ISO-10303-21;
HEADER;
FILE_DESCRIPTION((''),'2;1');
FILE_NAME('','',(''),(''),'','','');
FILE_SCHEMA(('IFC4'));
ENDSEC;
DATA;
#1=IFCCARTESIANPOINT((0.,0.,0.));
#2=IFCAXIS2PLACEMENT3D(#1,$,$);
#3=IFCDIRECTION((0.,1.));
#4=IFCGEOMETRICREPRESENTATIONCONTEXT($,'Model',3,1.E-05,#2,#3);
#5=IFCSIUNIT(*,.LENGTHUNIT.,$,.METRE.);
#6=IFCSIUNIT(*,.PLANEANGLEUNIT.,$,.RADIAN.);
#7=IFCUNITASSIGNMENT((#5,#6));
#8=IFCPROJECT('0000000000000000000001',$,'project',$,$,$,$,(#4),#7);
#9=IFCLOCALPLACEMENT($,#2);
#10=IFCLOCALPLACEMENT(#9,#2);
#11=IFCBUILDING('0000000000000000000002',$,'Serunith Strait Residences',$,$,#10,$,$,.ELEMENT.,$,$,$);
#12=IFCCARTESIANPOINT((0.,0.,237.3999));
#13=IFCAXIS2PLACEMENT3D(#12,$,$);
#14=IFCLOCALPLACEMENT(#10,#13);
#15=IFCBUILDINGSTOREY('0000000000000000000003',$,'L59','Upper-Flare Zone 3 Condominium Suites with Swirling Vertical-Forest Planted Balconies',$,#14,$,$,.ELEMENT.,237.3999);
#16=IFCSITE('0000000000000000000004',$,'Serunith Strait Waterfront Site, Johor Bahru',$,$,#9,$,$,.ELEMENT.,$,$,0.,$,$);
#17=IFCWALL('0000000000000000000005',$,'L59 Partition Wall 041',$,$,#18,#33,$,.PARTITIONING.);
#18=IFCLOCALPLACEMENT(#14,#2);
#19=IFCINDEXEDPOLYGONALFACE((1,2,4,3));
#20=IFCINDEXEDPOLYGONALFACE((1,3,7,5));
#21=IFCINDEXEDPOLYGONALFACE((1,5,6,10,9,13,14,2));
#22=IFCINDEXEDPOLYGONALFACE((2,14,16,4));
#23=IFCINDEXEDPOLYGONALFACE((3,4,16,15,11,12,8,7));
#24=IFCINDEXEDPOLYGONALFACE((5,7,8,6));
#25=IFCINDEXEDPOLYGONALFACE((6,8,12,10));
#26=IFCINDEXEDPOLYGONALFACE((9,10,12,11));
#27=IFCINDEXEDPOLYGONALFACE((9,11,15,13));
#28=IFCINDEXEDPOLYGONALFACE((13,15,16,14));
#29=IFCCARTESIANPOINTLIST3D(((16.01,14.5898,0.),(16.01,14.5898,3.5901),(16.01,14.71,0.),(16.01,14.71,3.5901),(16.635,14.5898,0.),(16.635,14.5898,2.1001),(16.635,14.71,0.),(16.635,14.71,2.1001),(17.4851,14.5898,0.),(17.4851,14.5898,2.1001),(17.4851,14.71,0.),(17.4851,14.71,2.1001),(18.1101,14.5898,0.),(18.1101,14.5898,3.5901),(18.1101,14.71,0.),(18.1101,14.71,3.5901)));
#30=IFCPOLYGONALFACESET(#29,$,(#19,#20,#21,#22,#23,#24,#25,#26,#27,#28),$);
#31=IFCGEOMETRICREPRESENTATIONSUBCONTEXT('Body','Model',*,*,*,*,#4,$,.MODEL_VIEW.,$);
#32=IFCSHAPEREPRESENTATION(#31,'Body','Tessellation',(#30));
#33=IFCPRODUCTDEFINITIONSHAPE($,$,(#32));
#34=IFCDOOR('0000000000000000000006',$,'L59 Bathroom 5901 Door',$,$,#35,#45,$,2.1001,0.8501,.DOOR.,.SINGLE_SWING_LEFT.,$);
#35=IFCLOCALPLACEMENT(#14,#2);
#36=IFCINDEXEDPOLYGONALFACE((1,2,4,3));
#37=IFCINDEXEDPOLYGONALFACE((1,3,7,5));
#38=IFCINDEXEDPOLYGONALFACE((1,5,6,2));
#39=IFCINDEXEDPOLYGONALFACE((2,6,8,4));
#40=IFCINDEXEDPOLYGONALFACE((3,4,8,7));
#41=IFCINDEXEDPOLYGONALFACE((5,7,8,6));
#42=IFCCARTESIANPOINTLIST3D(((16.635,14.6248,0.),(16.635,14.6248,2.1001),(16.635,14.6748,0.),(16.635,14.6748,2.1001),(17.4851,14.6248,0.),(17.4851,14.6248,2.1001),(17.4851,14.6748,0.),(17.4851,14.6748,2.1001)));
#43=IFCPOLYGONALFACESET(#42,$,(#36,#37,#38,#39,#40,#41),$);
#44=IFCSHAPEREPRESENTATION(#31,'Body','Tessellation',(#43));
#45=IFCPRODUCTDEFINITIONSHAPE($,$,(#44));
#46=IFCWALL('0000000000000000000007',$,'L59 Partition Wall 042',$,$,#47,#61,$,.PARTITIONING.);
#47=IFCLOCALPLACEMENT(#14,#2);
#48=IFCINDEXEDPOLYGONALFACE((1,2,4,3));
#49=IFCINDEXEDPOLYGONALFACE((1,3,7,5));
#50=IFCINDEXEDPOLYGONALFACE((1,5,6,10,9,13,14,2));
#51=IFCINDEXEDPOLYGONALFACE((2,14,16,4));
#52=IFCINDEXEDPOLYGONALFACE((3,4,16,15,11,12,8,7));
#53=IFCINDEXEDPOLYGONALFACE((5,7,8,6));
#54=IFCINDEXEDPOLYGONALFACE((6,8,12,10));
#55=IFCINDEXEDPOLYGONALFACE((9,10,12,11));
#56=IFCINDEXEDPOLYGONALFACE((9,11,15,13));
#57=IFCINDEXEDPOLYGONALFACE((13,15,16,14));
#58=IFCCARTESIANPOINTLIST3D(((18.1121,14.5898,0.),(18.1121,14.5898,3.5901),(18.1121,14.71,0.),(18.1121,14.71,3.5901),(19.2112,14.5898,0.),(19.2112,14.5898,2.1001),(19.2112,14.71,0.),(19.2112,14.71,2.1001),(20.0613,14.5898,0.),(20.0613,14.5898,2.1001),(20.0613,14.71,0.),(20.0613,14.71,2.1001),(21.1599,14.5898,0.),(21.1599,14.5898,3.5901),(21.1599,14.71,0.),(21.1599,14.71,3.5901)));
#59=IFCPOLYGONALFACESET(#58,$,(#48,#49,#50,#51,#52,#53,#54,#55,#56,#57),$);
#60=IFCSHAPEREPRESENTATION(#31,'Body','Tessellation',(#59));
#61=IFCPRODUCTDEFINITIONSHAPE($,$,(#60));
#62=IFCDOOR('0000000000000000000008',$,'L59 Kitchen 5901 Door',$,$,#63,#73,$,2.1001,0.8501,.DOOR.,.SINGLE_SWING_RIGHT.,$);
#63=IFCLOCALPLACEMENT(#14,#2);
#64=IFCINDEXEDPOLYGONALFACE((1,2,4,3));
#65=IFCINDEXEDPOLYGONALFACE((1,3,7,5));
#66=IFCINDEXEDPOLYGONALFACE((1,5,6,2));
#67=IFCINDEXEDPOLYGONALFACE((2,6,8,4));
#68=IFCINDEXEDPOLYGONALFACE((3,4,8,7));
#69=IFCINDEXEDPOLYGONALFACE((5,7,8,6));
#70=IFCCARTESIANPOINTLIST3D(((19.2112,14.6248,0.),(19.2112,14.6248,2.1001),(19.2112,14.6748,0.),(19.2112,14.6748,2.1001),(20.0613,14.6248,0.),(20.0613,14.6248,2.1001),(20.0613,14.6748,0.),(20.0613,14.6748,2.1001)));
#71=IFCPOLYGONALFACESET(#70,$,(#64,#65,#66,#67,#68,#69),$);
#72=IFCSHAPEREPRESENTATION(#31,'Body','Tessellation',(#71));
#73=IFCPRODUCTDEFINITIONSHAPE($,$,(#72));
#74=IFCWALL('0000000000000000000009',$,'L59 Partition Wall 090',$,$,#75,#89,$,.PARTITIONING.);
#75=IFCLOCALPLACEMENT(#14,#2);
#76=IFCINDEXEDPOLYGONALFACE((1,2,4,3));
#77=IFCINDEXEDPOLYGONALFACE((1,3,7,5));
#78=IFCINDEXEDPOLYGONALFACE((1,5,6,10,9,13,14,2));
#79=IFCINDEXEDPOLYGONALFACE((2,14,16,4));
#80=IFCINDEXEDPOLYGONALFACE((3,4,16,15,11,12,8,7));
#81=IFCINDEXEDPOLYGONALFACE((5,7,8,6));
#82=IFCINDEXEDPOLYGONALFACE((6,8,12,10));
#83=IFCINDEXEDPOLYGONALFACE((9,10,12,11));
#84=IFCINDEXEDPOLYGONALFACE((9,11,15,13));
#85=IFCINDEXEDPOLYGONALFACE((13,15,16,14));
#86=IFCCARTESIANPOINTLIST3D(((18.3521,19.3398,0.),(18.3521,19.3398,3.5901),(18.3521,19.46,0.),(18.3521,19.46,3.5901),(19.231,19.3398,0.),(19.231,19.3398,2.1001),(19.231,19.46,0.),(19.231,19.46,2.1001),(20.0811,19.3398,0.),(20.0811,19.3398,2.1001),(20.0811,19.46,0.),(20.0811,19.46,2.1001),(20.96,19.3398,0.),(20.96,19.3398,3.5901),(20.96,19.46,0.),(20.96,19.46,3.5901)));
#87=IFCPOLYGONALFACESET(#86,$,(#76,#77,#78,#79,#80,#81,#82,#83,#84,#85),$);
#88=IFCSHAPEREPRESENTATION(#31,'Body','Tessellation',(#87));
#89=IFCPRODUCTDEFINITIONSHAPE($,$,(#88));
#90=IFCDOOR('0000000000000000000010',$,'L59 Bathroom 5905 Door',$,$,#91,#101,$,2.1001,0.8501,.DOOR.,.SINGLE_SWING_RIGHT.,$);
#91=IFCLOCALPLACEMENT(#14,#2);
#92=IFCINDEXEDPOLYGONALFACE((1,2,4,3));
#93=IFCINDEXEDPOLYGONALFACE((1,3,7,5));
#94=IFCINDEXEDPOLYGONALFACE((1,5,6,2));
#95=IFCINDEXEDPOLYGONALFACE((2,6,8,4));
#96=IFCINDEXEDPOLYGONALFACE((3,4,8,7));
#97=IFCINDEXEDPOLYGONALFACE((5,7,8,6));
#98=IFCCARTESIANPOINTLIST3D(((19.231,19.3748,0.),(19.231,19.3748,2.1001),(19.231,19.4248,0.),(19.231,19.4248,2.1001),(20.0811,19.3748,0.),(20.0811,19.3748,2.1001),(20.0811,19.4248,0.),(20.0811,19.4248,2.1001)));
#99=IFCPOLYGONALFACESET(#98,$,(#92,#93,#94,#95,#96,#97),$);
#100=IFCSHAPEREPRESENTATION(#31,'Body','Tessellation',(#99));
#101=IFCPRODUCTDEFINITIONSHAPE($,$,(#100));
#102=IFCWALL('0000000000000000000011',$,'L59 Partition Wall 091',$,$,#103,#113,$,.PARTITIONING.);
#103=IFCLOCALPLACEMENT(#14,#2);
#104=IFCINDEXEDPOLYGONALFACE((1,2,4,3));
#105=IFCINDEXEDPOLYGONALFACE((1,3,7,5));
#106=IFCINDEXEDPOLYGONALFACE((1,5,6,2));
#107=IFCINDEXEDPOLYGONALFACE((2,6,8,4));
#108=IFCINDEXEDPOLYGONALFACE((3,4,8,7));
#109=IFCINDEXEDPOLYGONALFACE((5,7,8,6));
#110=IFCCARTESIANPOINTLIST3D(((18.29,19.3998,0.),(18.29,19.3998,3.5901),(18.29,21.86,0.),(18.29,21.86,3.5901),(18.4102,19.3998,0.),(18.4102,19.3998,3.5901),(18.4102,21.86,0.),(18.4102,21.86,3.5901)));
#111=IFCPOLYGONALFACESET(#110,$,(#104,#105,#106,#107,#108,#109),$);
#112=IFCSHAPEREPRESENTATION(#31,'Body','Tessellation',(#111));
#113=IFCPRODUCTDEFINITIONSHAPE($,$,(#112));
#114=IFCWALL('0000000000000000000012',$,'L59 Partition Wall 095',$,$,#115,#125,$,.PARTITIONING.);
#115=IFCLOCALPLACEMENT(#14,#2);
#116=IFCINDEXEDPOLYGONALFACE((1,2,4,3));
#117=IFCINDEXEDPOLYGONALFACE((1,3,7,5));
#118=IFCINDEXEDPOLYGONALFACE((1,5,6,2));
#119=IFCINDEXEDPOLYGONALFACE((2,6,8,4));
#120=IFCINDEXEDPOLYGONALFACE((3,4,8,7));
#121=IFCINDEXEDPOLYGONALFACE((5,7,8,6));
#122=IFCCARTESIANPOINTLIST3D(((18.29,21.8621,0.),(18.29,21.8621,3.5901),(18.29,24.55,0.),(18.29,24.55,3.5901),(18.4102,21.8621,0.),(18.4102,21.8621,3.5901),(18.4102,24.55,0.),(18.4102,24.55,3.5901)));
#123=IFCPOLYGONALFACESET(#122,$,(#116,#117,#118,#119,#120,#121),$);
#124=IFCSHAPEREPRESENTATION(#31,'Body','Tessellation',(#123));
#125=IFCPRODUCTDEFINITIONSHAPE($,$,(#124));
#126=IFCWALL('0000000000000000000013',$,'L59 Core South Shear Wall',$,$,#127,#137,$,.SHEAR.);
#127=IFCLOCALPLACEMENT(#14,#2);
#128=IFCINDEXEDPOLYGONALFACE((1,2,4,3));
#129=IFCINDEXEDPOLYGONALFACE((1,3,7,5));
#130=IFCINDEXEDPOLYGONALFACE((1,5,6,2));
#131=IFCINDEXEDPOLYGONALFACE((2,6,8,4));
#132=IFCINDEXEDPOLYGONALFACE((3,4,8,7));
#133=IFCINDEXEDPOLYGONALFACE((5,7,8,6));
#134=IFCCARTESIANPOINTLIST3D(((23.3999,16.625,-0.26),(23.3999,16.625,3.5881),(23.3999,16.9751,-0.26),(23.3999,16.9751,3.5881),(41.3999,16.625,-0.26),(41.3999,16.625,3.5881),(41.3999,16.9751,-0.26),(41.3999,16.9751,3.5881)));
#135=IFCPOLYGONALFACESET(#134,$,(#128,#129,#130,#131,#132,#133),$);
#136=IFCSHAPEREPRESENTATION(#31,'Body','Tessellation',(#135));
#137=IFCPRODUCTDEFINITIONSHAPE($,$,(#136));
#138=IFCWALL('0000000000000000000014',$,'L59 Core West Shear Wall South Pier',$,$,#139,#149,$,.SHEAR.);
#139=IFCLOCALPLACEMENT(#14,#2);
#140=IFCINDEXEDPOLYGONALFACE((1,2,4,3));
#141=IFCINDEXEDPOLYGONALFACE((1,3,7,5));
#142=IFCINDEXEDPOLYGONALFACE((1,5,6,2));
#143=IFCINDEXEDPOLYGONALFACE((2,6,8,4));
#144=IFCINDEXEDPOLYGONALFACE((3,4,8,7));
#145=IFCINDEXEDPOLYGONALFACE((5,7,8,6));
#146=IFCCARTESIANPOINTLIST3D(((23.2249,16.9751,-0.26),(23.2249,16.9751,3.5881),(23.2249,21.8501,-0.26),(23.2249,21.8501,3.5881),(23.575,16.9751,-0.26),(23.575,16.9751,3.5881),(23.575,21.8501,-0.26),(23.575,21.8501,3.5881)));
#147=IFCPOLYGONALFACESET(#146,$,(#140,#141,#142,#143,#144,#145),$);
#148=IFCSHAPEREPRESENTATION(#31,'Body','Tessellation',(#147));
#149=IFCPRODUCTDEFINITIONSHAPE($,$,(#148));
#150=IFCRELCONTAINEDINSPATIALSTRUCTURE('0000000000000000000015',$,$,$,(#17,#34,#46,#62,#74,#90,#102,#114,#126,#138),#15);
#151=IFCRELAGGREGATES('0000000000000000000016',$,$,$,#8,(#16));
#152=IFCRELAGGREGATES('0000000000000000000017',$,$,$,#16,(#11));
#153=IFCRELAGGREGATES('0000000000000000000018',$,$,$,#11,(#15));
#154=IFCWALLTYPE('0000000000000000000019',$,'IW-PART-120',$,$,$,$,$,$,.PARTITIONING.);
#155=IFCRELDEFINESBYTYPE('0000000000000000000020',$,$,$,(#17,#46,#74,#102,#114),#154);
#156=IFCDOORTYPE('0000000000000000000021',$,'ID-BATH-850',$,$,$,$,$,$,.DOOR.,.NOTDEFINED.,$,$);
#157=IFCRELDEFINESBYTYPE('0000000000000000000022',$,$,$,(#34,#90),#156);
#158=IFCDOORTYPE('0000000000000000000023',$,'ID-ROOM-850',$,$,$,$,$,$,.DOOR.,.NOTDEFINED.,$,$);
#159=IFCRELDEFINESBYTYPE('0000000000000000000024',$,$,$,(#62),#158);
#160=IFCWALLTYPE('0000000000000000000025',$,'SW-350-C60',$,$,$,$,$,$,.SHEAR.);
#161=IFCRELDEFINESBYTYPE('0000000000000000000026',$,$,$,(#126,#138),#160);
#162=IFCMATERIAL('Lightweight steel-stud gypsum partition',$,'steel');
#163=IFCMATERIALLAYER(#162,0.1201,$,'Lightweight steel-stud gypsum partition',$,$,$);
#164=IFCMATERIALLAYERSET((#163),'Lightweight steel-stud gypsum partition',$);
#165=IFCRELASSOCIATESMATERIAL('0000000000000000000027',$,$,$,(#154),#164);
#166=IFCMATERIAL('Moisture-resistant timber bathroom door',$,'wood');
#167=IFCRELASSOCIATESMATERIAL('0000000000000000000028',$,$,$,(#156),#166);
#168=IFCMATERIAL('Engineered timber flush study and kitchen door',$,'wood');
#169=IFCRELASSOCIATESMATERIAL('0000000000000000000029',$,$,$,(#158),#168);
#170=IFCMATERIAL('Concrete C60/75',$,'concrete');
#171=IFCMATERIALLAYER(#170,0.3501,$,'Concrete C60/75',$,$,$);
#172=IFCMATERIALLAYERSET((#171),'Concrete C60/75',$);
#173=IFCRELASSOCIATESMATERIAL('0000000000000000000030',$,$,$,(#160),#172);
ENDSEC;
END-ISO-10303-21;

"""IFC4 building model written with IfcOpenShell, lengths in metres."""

from ifc_helpers import new_model, si_unit, direction, frame, frame_2d, origin, place, context, subcontext, project, spatial, rectangle, extrude, source, transform, mapped, material, layer, layer_set, type_object, element, fill, save


model = new_model("IFC4")

# Units and contexts
model_context = context("Model", 3, precision=1e-05, world=origin(), true_north=direction((0.0, 1.0)))
body_context = subcontext(model_context, "Body", "Model", "MODEL_VIEW")
ifc_project = project(units=[si_unit("LENGTHUNIT", "METRE"), si_unit("PLANEANGLEUNIT", "RADIAN")], contexts=[model_context])

# Site, building, storey
site_placement = place(None, origin())
site = spatial("IfcSite", under=ifc_project, at=site_placement, Name="Serunith Strait Waterfront Site, Johor Bahru", CompositionType="ELEMENT", RefElevation=0.0)
building_placement = place(site_placement, origin())
building = spatial("IfcBuilding", under=site, at=building_placement, Name="Serunith Strait Residences", CompositionType="ELEMENT")
storey_placement = place(building_placement, frame((0.0, 0.0, 237.3999)))
storey = spatial("IfcBuildingStorey", under=building, at=storey_placement, Name="L59", Description="Upper-Flare Zone 3 Condominium Suites with Swirling Vertical-Forest Planted Balconies", CompositionType="ELEMENT", Elevation=237.3999)

# Walls, openings, doors
ifc_material_1 = material(Name="Lightweight steel-stud gypsum partition", Category="steel")
ifc_layer_1 = layer(ifc_material_1, 0.1201, Name="Lightweight steel-stud gypsum partition")
ifc_layer_set_1 = layer_set([ifc_layer_1], Name="Lightweight steel-stud gypsum partition")
wall_type_1 = type_object("IfcWallType", Name="IW-PART-120", PredefinedType="PARTITIONING", material=ifc_layer_set_1)
wall_1_placement = place(storey_placement, frame((16.01, 14.6499, 0.0), z_axis=(0.0, 0.0, 1.0), x_axis=(1.0, 0.0, 0.0)))
wall_1 = element("IfcWall", 1, at=wall_1_placement, inside=storey, type_object=wall_type_1, Name="L59 Partition Wall 041", PredefinedType="PARTITIONING", context=body_context, shape_type="SweptSolid", body=[
    extrude(rectangle(XDim=2.1001, YDim=0.1201, at=frame_2d((1.05, 0.0))), origin(), (0.0, 0.0, 1.0), 3.5901),
])
opening_1_placement = place(wall_1_placement, frame((0.625, 0.0, 0.0)))
opening_1 = element("IfcOpeningElement", 2, at=opening_1_placement, cuts=wall_1, PredefinedType="OPENING", context=body_context, shape_type="SweptSolid", body=[
    extrude(rectangle(XDim=0.8501, YDim=2.1001, at=frame_2d((0.425, 1.05))), frame((0.0, 0.0701, 0.0), z_axis=(0.0, -1.0, 0.0), x_axis=(1.0, 0.0, 0.0)), (0.0, 0.0, 1.0), 0.1401),
])
ifc_material_2 = material(Name="Moisture-resistant timber bathroom door", Category="wood")
door_type_1 = type_object("IfcDoorType", Name="ID-BATH-850", OperationType="NOTDEFINED", PredefinedType="DOOR", material=ifc_material_2)
shared_shape_1 = source(origin(), body_context, "Body", "SweptSolid", [
    extrude(rectangle(XDim=0.8501, YDim=2.1001, at=frame_2d((0.425, 1.05))), frame((0.0, 0.0249, 0.0), z_axis=(0.0, -1.0, 0.0), x_axis=(1.0, 0.0, 0.0)), (0.0, 0.0, 1.0), 0.05),
])
door_1_placement = place(opening_1_placement, origin())
door_1 = element("IfcDoor", 3, at=door_1_placement, inside=storey, type_object=door_type_1, Name="L59 Bathroom 5901 Door", OperationType="SINGLE_SWING_LEFT", OverallHeight=2.1001, OverallWidth=0.8501, PredefinedType="DOOR", context=body_context, shape_type="MappedRepresentation", body=[
    mapped(shared_shape_1, transform((0.0, 0.0, 0.0), scale=1.0)),
])
fill(opening_1, door_1)
wall_2_placement = place(storey_placement, frame((18.1121, 14.6499, 0.0), z_axis=(0.0, 0.0, 1.0), x_axis=(1.0, 0.0, 0.0)))
wall_2 = element("IfcWall", 4, at=wall_2_placement, inside=storey, type_object=wall_type_1, Name="L59 Partition Wall 042", PredefinedType="PARTITIONING", context=body_context, shape_type="SweptSolid", body=[
    extrude(rectangle(XDim=3.0479, YDim=0.1201, at=frame_2d((1.5239, 0.0))), origin(), (0.0, 0.0, 1.0), 3.5901),
])
opening_2_placement = place(wall_2_placement, frame((1.0991, 0.0, 0.0)))
opening_2 = element("IfcOpeningElement", 5, at=opening_2_placement, cuts=wall_2, PredefinedType="OPENING", context=body_context, shape_type="SweptSolid", body=[
    extrude(rectangle(XDim=0.8501, YDim=2.1001, at=frame_2d((0.425, 1.05))), frame((0.0, 0.0701, 0.0), z_axis=(0.0, -1.0, 0.0), x_axis=(1.0, 0.0, 0.0)), (0.0, 0.0, 1.0), 0.1401),
])
ifc_material_3 = material(Name="Engineered timber flush study and kitchen door", Category="wood")
door_type_2 = type_object("IfcDoorType", Name="ID-ROOM-850", OperationType="NOTDEFINED", PredefinedType="DOOR", material=ifc_material_3)
door_2_placement = place(opening_2_placement, origin())
door_2 = element("IfcDoor", 6, at=door_2_placement, inside=storey, type_object=door_type_2, Name="L59 Kitchen 5901 Door", OperationType="SINGLE_SWING_RIGHT", OverallHeight=2.1001, OverallWidth=0.8501, PredefinedType="DOOR", context=body_context, shape_type="MappedRepresentation", body=[
    mapped(shared_shape_1, transform((0.0, 0.0, 0.0), scale=1.0)),
])
fill(opening_2, door_2)
wall_3_placement = place(storey_placement, frame((18.3521, 19.3999, 0.0), z_axis=(0.0, 0.0, 1.0), x_axis=(1.0, 0.0, 0.0)))
wall_3 = element("IfcWall", 7, at=wall_3_placement, inside=storey, type_object=wall_type_1, Name="L59 Partition Wall 090", PredefinedType="PARTITIONING", context=body_context, shape_type="SweptSolid", body=[
    extrude(rectangle(XDim=2.6079, YDim=0.1201, at=frame_2d((1.304, 0.0))), origin(), (0.0, 0.0, 1.0), 3.5901),
])
opening_3_placement = place(wall_3_placement, frame((0.8789, 0.0, 0.0)))
opening_3 = element("IfcOpeningElement", 8, at=opening_3_placement, cuts=wall_3, PredefinedType="OPENING", context=body_context, shape_type="SweptSolid", body=[
    extrude(rectangle(XDim=0.8501, YDim=2.1001, at=frame_2d((0.425, 1.05))), frame((0.0, 0.0701, 0.0), z_axis=(0.0, -1.0, 0.0), x_axis=(1.0, 0.0, 0.0)), (0.0, 0.0, 1.0), 0.1401),
])
door_3_placement = place(opening_3_placement, origin())
door_3 = element("IfcDoor", 9, at=door_3_placement, inside=storey, type_object=door_type_1, Name="L59 Bathroom 5905 Door", OperationType="SINGLE_SWING_RIGHT", OverallHeight=2.1001, OverallWidth=0.8501, PredefinedType="DOOR", context=body_context, shape_type="MappedRepresentation", body=[
    mapped(shared_shape_1, transform((0.0, 0.0, 0.0), scale=1.0)),
])
fill(opening_3, door_3)

# Walls
wall_4_placement = place(storey_placement, frame((18.3501, 19.3999, 0.0), z_axis=(0.0, 0.0, 1.0), x_axis=(0.0, 1.0, 0.0)))
element("IfcWall", 10, at=wall_4_placement, inside=storey, type_object=wall_type_1, Name="L59 Partition Wall 091", PredefinedType="PARTITIONING", context=body_context, shape_type="SweptSolid", body=[
    extrude(rectangle(XDim=2.4602, YDim=0.1201, at=frame_2d((1.23, 0.0))), origin(), (0.0, 0.0, 1.0), 3.5901),
])
wall_5_placement = place(storey_placement, frame((18.3501, 21.8621, 0.0), z_axis=(0.0, 0.0, 1.0), x_axis=(0.0, 1.0, 0.0)))
element("IfcWall", 11, at=wall_5_placement, inside=storey, type_object=wall_type_1, Name="L59 Partition Wall 095", PredefinedType="PARTITIONING", context=body_context, shape_type="SweptSolid", body=[
    extrude(rectangle(XDim=2.688, YDim=0.1201, at=frame_2d((1.344, 0.0))), origin(), (0.0, 0.0, 1.0), 3.5901),
])
ifc_material_4 = material(Name="Concrete C60/75", Category="concrete")
ifc_layer_2 = layer(ifc_material_4, 0.3501, Name="Concrete C60/75")
ifc_layer_set_2 = layer_set([ifc_layer_2], Name="Concrete C60/75")
wall_type_2 = type_object("IfcWallType", Name="SW-350-C60", PredefinedType="SHEAR", material=ifc_layer_set_2)
wall_6_placement = place(storey_placement, frame((23.3999, 16.8, -0.26), z_axis=(0.0, 0.0, 1.0), x_axis=(1.0, 0.0, 0.0)))
element("IfcWall", 12, at=wall_6_placement, inside=storey, type_object=wall_type_2, Name="L59 Core South Shear Wall", PredefinedType="SHEAR", context=body_context, shape_type="SweptSolid", body=[
    extrude(rectangle(XDim=18.0, YDim=0.3501, at=frame_2d((9.0, 0.0))), origin(), (0.0, 0.0, 1.0), 3.8481),
])
wall_7_placement = place(storey_placement, frame((23.3999, 16.9751, -0.26), z_axis=(0.0, 0.0, 1.0), x_axis=(0.0, 1.0, 0.0)))
element("IfcWall", 13, at=wall_7_placement, inside=storey, type_object=wall_type_2, Name="L59 Core West Shear Wall South Pier", PredefinedType="SHEAR", context=body_context, shape_type="SweptSolid", body=[
    extrude(rectangle(XDim=4.875, YDim=0.3501, at=frame_2d((2.4375, 0.0))), origin(), (0.0, 0.0, 1.0), 3.8481),
])

save(model, "model.ifc")
